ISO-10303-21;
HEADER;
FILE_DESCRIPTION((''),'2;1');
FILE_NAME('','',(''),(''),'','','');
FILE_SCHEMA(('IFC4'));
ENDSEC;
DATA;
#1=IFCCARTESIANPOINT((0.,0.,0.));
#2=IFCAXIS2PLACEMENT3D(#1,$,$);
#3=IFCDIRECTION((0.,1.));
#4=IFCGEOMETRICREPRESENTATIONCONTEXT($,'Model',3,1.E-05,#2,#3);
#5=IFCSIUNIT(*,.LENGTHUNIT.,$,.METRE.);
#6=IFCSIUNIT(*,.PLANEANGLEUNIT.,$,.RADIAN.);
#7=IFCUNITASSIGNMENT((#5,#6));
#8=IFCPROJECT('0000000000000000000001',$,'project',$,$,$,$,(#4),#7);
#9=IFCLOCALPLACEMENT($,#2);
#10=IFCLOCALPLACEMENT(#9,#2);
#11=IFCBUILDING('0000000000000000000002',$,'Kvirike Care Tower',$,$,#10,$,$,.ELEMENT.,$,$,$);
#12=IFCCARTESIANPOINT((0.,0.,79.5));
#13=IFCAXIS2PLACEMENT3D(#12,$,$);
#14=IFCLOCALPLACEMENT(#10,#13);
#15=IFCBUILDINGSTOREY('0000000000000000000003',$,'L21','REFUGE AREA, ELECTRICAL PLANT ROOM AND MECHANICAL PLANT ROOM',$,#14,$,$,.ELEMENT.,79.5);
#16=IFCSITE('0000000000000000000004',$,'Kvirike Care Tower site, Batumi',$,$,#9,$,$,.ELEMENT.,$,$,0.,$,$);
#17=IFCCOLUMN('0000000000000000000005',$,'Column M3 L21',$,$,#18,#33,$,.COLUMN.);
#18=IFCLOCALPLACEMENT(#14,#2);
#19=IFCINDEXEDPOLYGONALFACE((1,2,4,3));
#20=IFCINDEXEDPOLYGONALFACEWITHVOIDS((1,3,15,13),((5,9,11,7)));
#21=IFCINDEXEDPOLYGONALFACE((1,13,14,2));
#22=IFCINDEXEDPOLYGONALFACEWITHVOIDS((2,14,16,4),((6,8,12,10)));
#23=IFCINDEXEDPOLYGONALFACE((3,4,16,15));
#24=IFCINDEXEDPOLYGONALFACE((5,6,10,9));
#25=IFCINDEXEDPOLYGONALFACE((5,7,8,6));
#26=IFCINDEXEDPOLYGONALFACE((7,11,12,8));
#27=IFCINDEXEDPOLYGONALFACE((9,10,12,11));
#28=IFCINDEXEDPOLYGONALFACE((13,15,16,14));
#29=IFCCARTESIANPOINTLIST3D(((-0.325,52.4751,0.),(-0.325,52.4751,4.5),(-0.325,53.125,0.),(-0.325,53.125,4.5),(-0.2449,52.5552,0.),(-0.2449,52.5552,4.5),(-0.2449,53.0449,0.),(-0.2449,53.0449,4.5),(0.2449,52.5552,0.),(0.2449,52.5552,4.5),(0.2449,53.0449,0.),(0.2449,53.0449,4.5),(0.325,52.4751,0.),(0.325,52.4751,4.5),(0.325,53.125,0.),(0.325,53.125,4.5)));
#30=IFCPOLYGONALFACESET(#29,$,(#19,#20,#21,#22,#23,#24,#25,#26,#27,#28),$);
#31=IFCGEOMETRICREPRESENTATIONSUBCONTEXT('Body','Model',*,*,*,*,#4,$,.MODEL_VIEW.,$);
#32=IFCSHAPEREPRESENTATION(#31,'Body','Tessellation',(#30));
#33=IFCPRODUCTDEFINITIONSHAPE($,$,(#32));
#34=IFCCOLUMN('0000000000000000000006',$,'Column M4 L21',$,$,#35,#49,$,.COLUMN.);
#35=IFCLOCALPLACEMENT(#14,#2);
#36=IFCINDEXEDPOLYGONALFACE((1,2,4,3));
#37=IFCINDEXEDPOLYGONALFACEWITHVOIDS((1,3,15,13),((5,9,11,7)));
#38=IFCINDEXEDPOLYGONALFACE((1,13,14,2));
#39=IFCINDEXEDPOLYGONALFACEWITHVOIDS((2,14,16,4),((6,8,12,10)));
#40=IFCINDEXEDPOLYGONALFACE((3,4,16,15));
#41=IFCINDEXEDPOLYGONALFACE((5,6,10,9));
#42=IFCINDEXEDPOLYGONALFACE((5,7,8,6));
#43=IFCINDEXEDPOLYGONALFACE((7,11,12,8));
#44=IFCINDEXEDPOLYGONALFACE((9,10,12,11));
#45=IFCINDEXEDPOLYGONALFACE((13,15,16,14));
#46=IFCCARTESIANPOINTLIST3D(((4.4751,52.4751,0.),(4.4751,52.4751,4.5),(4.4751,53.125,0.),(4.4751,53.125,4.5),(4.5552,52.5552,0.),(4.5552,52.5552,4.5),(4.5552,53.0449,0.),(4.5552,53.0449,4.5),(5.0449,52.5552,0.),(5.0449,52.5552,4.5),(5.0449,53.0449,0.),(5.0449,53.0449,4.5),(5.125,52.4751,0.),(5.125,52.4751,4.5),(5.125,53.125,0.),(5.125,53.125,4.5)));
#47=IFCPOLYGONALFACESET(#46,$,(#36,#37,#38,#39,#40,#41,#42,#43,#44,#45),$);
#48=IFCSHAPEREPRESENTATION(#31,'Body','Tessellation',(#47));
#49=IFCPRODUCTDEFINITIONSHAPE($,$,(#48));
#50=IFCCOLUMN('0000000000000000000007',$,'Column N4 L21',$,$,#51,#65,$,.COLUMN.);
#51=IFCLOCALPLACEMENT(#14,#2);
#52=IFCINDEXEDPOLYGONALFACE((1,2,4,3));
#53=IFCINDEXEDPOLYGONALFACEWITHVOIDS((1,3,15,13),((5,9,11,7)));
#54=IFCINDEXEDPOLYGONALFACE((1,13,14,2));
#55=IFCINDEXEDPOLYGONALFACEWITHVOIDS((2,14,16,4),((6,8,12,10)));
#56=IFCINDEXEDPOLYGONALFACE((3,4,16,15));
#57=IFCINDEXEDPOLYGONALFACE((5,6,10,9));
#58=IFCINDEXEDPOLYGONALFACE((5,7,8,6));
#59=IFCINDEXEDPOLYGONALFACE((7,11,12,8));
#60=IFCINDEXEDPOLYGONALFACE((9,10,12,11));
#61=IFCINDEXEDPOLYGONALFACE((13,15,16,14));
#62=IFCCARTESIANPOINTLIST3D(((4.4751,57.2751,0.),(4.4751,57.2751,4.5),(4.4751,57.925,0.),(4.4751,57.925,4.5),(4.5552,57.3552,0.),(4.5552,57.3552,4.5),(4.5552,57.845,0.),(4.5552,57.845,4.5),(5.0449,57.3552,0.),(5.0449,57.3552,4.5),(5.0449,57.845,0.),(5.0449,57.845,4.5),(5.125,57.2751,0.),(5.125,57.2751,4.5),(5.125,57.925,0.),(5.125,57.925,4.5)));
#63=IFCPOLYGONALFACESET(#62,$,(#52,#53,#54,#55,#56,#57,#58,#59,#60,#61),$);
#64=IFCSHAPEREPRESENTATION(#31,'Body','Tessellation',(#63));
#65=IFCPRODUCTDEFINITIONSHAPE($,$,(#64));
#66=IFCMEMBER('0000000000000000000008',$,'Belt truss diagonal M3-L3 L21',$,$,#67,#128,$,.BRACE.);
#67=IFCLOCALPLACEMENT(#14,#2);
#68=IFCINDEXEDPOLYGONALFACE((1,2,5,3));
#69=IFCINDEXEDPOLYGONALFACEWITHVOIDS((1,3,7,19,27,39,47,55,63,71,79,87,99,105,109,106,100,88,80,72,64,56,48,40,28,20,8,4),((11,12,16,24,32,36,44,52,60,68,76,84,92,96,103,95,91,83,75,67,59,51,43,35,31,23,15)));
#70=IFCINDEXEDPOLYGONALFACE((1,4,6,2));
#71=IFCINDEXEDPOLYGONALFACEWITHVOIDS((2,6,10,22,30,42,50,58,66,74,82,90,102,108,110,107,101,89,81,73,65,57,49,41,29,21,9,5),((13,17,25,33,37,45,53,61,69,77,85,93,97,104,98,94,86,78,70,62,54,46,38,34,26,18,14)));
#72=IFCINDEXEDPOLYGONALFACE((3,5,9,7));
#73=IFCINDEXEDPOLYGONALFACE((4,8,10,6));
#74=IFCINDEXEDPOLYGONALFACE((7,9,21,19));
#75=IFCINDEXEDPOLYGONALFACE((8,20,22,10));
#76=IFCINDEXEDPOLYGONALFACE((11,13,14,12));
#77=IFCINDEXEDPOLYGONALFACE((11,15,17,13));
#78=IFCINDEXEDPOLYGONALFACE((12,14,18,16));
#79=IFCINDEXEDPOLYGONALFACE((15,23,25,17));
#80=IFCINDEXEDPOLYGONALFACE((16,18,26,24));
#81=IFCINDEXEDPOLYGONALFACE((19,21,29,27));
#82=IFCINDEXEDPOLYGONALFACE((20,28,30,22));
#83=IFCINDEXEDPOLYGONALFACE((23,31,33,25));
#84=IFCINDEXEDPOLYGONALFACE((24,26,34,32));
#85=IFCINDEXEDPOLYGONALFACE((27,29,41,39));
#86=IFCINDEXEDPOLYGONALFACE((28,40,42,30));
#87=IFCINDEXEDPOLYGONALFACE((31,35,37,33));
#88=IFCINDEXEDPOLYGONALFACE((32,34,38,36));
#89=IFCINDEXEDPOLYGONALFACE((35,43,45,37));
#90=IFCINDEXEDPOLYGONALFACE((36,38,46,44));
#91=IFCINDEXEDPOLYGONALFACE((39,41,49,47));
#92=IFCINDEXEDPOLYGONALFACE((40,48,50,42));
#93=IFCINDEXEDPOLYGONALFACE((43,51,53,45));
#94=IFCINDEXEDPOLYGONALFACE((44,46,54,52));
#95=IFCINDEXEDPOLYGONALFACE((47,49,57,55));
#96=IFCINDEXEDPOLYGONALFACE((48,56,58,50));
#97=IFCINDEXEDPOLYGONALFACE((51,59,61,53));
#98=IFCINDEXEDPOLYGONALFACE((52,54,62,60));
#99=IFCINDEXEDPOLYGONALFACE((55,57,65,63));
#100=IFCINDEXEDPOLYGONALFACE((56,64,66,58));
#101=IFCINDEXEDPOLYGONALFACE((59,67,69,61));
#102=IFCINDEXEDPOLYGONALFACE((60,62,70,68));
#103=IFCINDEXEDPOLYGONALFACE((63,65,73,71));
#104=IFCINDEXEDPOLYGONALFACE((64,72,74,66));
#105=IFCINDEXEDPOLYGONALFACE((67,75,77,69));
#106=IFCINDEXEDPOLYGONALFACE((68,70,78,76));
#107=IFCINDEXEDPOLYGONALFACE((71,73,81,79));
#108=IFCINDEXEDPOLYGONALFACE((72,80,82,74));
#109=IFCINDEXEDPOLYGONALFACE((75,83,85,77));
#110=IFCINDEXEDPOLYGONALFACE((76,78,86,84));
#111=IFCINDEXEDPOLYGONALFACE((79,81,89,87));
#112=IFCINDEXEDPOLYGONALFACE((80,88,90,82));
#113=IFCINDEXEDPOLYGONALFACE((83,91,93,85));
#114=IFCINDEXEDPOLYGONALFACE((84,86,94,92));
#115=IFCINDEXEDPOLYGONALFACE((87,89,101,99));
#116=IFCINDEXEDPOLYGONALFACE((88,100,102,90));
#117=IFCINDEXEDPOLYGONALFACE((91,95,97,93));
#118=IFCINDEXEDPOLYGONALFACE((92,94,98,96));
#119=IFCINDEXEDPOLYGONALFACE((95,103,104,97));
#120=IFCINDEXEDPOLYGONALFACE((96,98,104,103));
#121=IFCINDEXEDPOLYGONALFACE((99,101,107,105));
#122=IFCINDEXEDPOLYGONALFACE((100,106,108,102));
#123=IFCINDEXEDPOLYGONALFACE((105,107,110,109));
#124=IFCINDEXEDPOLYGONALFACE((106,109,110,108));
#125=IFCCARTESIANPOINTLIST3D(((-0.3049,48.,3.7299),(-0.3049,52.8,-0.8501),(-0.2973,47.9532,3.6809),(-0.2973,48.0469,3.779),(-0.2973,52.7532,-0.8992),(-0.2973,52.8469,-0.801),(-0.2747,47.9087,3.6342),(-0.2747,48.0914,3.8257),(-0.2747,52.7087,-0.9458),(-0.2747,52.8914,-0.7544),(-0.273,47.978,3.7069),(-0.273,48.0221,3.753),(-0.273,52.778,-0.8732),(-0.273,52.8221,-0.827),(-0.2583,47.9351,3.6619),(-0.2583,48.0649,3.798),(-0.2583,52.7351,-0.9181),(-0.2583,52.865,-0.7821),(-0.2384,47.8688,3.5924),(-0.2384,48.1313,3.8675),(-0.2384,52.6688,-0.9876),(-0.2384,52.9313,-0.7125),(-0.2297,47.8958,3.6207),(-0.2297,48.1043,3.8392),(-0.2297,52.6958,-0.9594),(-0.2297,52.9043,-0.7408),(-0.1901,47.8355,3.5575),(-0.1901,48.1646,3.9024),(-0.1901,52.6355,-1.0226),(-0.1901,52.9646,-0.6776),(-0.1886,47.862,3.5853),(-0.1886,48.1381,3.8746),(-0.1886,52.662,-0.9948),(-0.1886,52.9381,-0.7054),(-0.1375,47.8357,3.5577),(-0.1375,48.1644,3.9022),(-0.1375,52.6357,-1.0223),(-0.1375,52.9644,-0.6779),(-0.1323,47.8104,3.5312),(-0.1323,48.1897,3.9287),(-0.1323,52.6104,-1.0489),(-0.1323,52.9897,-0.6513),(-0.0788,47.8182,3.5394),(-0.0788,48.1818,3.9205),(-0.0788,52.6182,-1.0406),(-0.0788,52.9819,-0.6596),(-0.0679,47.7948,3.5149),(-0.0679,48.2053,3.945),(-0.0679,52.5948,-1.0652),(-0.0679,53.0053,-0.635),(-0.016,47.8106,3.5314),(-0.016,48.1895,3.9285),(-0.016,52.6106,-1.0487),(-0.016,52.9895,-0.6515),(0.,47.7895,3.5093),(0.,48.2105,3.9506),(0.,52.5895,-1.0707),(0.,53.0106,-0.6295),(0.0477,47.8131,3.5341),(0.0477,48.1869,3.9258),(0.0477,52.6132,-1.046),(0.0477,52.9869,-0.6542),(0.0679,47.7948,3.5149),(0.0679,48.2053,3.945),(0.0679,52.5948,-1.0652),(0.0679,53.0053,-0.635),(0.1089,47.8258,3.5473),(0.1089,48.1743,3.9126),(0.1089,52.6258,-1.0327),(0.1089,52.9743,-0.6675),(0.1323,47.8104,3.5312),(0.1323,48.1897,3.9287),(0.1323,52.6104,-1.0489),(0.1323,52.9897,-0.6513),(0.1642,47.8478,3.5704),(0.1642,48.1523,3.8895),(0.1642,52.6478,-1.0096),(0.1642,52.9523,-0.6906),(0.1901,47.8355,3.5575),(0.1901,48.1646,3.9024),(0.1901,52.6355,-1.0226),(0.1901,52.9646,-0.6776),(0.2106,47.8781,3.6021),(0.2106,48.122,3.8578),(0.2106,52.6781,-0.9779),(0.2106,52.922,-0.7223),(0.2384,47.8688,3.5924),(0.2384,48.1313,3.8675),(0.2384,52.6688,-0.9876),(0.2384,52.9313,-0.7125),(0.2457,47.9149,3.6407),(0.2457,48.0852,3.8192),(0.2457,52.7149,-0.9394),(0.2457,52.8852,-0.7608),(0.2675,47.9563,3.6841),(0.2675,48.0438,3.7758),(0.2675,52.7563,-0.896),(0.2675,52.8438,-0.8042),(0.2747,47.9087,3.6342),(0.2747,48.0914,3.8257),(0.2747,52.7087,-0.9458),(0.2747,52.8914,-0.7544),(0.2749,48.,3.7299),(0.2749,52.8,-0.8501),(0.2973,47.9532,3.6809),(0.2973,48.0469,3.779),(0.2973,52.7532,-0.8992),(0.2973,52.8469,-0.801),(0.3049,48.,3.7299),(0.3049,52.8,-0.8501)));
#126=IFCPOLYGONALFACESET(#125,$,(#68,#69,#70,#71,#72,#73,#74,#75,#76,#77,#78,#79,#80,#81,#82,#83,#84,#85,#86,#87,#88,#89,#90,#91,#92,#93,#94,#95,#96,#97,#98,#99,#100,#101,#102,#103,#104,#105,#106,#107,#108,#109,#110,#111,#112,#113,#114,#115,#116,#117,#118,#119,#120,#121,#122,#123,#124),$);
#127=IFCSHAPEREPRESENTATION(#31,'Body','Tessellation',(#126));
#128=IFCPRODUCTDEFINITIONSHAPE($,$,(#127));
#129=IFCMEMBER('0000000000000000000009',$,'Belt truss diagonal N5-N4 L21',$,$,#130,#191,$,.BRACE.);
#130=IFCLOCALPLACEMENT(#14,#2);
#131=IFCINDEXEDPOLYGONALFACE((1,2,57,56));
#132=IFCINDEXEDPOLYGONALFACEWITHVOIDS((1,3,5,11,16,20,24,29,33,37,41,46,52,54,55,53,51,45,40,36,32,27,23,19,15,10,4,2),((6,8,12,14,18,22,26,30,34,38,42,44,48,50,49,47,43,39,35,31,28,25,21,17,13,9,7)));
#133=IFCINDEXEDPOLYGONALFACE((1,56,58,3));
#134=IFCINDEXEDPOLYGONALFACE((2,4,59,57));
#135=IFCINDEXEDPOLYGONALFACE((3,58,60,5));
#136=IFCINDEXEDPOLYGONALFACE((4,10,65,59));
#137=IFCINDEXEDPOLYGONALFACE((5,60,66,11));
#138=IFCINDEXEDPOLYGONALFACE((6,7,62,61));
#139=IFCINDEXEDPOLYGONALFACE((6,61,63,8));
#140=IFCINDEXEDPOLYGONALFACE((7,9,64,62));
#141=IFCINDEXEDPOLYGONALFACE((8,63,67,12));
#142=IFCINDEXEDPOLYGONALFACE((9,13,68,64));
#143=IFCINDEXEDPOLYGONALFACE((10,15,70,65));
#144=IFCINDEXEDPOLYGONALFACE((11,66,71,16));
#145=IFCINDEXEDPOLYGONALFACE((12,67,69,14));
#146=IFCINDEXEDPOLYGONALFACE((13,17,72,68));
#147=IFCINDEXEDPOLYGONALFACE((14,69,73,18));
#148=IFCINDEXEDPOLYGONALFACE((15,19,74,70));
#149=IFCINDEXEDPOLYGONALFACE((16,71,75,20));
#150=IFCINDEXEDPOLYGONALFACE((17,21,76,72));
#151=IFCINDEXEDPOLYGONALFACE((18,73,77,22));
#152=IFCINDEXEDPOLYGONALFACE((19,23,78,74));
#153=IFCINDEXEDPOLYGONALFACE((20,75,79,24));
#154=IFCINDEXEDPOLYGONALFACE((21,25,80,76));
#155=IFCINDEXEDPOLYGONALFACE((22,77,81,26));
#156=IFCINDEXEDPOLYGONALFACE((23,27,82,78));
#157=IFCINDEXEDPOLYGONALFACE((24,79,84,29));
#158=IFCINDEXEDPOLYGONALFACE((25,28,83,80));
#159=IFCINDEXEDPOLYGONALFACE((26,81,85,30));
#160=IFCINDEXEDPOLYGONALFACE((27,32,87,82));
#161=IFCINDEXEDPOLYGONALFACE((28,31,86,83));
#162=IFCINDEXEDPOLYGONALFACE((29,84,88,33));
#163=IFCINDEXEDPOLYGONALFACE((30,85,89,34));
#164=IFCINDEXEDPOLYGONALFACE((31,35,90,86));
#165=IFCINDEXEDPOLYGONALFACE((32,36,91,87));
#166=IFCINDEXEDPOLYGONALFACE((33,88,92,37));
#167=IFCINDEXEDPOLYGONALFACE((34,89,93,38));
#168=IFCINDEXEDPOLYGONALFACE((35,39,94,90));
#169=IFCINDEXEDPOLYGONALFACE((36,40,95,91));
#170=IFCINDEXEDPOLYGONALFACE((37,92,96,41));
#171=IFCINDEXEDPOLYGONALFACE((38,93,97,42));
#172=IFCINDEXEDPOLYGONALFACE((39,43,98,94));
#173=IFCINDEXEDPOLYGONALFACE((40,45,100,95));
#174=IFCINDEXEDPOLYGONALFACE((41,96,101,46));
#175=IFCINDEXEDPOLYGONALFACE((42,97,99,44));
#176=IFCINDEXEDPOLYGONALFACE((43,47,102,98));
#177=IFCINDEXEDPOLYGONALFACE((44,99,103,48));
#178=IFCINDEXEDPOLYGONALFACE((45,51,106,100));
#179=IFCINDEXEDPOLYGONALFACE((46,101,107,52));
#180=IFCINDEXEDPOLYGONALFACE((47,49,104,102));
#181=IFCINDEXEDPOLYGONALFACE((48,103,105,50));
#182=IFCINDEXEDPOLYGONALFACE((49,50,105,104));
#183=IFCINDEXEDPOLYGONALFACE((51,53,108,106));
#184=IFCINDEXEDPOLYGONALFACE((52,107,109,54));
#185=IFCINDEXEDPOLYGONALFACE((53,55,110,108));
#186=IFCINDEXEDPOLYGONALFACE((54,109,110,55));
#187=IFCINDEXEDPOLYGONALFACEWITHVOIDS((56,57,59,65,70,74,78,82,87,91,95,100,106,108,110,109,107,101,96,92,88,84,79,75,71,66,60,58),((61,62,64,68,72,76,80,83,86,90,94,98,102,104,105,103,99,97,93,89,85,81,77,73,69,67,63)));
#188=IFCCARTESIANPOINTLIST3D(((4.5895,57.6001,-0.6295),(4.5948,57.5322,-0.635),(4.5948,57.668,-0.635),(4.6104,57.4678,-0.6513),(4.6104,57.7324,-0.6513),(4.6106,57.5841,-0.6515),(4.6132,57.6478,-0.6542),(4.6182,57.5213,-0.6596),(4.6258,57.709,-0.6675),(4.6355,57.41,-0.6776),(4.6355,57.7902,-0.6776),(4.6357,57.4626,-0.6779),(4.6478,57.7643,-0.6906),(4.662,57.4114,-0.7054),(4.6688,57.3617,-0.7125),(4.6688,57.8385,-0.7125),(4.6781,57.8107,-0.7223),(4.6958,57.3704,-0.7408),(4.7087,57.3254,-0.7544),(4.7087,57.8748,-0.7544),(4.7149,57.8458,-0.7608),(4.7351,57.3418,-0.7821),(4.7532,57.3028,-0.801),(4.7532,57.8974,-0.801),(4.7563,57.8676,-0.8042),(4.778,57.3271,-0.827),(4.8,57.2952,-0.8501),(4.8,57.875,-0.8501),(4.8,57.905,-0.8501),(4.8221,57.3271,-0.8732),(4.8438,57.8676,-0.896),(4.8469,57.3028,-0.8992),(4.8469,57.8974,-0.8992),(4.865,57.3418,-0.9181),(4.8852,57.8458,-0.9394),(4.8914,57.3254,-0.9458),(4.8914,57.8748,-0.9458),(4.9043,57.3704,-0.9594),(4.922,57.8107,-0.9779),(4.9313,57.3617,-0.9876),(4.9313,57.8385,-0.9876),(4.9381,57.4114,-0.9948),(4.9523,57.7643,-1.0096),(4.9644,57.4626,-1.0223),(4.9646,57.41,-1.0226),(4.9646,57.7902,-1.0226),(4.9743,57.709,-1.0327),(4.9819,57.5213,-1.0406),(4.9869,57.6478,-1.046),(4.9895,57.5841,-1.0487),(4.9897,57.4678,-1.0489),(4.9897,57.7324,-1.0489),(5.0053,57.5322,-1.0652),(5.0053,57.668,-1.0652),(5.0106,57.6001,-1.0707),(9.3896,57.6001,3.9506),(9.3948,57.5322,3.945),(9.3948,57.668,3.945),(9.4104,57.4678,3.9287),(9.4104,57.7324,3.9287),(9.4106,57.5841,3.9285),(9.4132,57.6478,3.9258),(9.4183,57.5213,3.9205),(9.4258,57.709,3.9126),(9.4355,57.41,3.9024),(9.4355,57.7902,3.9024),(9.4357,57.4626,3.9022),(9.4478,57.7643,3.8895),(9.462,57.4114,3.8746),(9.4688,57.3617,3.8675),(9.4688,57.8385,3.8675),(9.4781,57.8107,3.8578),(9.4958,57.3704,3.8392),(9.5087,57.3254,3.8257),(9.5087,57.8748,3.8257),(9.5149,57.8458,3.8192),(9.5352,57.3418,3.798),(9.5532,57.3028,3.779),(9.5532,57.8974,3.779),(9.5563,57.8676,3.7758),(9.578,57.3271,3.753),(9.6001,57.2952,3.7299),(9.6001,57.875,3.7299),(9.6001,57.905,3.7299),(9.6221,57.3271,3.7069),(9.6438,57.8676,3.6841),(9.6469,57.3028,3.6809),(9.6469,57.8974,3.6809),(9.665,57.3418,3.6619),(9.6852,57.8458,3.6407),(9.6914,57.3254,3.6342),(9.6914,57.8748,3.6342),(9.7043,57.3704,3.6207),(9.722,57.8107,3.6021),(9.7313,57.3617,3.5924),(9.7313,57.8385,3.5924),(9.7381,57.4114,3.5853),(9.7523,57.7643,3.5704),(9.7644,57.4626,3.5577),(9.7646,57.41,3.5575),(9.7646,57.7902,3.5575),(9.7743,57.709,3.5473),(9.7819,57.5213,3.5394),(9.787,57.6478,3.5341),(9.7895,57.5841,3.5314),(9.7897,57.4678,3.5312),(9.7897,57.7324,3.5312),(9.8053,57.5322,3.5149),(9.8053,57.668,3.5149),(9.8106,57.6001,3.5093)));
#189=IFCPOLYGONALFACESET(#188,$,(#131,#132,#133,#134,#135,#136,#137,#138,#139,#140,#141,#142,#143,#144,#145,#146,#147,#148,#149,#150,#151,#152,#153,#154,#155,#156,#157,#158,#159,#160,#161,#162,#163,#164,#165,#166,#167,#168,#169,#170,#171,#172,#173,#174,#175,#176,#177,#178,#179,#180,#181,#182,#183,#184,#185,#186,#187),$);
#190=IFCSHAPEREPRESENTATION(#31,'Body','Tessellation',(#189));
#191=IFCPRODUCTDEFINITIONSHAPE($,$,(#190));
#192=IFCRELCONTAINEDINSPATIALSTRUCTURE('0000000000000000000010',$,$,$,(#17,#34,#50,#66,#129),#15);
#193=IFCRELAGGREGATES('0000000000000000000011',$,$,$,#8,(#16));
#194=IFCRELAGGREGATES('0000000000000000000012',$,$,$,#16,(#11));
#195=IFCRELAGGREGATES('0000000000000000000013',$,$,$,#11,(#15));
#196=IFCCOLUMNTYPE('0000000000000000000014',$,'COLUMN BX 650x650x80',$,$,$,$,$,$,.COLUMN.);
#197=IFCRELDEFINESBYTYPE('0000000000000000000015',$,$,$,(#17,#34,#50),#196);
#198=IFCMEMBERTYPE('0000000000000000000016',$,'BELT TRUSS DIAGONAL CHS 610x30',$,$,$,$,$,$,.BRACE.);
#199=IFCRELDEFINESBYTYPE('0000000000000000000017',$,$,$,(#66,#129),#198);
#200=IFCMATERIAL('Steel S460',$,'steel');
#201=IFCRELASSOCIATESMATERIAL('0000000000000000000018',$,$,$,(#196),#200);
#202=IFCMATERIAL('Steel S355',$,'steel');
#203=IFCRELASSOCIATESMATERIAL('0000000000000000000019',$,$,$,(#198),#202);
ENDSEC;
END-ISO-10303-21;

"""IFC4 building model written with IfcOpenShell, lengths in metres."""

from ifc_helpers import new_model, si_unit, direction, frame, origin, origin_2d, place, context, subcontext, project, spatial, hollow_rectangle, hollow_circle, extrude, material, material_profile, profile_set, type_object, element, save


model = new_model("IFC4")

# Units and contexts
model_context = context("Model", 3, precision=1e-05, world=origin(), true_north=direction((0.0, 1.0)))
body_context = subcontext(model_context, "Body", "Model", "MODEL_VIEW")
ifc_project = project(units=[si_unit("LENGTHUNIT", "METRE"), si_unit("PLANEANGLEUNIT", "RADIAN")], contexts=[model_context])

# Site, building, storey
site_placement = place(None, origin())
site = spatial("IfcSite", under=ifc_project, at=site_placement, Name="Kvirike Care Tower site, Batumi", CompositionType="ELEMENT", RefElevation=0.0)
building_placement = place(site_placement, origin())
building = spatial("IfcBuilding", under=site, at=building_placement, Name="Kvirike Care Tower", CompositionType="ELEMENT")
storey_placement = place(building_placement, frame((0.0, 0.0, 79.5)))
storey = spatial("IfcBuildingStorey", under=building, at=storey_placement, Name="L21", Description="REFUGE AREA, ELECTRICAL PLANT ROOM AND MECHANICAL PLANT ROOM", CompositionType="ELEMENT", Elevation=79.5)

# Columns
ifc_material_1 = material(Name="Steel S460", Category="steel")
ifc_material_profile_1 = material_profile(ifc_material_1, hollow_rectangle(XDim=0.6499, YDim=0.6499, WallThickness=0.0801, at=origin_2d()), Name="BX 650x650x80")
ifc_profile_set_1 = profile_set([ifc_material_profile_1], Name="Steel S460")
column_type = type_object("IfcColumnType", Name="COLUMN BX 650x650x80", PredefinedType="COLUMN", material=ifc_profile_set_1)
for number, where, z_axis, x_axis, name in (
    (1, (0.0, 52.8, 0.0), (0.0, 0.0, 1.0), (0.0, 1.0, 0.0), "Column M3 L21"),
    (2, (4.8, 52.8, 0.0), (0.0, 0.0, 1.0), (0.0, 1.0, 0.0), "Column M4 L21"),
    (3, (4.8, 57.6001, 0.0), (0.0, 0.0, 1.0), (0.0, 1.0, 0.0), "Column N4 L21"),
):
    element("IfcColumn", number, at=place(storey_placement, frame(where, z_axis=z_axis, x_axis=x_axis)), inside=storey, type_object=column_type, Name=name, PredefinedType="COLUMN", context=body_context, shape_type="SweptSolid", body=[
        extrude(hollow_rectangle(XDim=0.6499, YDim=0.6499, WallThickness=0.0801, at=origin_2d()), origin(), (0.0, 0.0, 1.0), 4.5),
    ])

# Members
ifc_material_2 = material(Name="Steel S355", Category="steel")
ifc_material_profile_2 = material_profile(ifc_material_2, hollow_circle(Radius=0.3049, WallThickness=0.03, at=origin_2d()), Name="CHS 610x30")
ifc_profile_set_2 = profile_set([ifc_material_profile_2], Name="Steel S355")
member_type_1 = type_object("IfcMemberType", Name="BELT TRUSS DIAGONAL CHS 610x30", PredefinedType="BRACE", material=ifc_profile_set_2)
for number, where, z_axis, x_axis, name in (
    (4, (0.0, 52.8, -0.8501), (0.0, -0.72349, 0.690335), (1.0, 0.0, 0.0), "Belt truss diagonal M3-L3 L21"),
    (5, (4.8, 57.6001, -0.8501), (0.72349, 0.0, 0.690335), (0.0, 1.0, 0.0), "Belt truss diagonal N5-N4 L21"),
):
    element("IfcMember", number, at=place(storey_placement, frame(where, z_axis=z_axis, x_axis=x_axis)), inside=storey, type_object=member_type_1, Name=name, PredefinedType="BRACE", context=body_context, shape_type="SweptSolid", body=[
        extrude(hollow_circle(Radius=0.3049, WallThickness=0.03, at=origin_2d()), origin(), (0.0, 0.0, 1.0), 6.6345),
    ])

save(model, "model.ifc")
